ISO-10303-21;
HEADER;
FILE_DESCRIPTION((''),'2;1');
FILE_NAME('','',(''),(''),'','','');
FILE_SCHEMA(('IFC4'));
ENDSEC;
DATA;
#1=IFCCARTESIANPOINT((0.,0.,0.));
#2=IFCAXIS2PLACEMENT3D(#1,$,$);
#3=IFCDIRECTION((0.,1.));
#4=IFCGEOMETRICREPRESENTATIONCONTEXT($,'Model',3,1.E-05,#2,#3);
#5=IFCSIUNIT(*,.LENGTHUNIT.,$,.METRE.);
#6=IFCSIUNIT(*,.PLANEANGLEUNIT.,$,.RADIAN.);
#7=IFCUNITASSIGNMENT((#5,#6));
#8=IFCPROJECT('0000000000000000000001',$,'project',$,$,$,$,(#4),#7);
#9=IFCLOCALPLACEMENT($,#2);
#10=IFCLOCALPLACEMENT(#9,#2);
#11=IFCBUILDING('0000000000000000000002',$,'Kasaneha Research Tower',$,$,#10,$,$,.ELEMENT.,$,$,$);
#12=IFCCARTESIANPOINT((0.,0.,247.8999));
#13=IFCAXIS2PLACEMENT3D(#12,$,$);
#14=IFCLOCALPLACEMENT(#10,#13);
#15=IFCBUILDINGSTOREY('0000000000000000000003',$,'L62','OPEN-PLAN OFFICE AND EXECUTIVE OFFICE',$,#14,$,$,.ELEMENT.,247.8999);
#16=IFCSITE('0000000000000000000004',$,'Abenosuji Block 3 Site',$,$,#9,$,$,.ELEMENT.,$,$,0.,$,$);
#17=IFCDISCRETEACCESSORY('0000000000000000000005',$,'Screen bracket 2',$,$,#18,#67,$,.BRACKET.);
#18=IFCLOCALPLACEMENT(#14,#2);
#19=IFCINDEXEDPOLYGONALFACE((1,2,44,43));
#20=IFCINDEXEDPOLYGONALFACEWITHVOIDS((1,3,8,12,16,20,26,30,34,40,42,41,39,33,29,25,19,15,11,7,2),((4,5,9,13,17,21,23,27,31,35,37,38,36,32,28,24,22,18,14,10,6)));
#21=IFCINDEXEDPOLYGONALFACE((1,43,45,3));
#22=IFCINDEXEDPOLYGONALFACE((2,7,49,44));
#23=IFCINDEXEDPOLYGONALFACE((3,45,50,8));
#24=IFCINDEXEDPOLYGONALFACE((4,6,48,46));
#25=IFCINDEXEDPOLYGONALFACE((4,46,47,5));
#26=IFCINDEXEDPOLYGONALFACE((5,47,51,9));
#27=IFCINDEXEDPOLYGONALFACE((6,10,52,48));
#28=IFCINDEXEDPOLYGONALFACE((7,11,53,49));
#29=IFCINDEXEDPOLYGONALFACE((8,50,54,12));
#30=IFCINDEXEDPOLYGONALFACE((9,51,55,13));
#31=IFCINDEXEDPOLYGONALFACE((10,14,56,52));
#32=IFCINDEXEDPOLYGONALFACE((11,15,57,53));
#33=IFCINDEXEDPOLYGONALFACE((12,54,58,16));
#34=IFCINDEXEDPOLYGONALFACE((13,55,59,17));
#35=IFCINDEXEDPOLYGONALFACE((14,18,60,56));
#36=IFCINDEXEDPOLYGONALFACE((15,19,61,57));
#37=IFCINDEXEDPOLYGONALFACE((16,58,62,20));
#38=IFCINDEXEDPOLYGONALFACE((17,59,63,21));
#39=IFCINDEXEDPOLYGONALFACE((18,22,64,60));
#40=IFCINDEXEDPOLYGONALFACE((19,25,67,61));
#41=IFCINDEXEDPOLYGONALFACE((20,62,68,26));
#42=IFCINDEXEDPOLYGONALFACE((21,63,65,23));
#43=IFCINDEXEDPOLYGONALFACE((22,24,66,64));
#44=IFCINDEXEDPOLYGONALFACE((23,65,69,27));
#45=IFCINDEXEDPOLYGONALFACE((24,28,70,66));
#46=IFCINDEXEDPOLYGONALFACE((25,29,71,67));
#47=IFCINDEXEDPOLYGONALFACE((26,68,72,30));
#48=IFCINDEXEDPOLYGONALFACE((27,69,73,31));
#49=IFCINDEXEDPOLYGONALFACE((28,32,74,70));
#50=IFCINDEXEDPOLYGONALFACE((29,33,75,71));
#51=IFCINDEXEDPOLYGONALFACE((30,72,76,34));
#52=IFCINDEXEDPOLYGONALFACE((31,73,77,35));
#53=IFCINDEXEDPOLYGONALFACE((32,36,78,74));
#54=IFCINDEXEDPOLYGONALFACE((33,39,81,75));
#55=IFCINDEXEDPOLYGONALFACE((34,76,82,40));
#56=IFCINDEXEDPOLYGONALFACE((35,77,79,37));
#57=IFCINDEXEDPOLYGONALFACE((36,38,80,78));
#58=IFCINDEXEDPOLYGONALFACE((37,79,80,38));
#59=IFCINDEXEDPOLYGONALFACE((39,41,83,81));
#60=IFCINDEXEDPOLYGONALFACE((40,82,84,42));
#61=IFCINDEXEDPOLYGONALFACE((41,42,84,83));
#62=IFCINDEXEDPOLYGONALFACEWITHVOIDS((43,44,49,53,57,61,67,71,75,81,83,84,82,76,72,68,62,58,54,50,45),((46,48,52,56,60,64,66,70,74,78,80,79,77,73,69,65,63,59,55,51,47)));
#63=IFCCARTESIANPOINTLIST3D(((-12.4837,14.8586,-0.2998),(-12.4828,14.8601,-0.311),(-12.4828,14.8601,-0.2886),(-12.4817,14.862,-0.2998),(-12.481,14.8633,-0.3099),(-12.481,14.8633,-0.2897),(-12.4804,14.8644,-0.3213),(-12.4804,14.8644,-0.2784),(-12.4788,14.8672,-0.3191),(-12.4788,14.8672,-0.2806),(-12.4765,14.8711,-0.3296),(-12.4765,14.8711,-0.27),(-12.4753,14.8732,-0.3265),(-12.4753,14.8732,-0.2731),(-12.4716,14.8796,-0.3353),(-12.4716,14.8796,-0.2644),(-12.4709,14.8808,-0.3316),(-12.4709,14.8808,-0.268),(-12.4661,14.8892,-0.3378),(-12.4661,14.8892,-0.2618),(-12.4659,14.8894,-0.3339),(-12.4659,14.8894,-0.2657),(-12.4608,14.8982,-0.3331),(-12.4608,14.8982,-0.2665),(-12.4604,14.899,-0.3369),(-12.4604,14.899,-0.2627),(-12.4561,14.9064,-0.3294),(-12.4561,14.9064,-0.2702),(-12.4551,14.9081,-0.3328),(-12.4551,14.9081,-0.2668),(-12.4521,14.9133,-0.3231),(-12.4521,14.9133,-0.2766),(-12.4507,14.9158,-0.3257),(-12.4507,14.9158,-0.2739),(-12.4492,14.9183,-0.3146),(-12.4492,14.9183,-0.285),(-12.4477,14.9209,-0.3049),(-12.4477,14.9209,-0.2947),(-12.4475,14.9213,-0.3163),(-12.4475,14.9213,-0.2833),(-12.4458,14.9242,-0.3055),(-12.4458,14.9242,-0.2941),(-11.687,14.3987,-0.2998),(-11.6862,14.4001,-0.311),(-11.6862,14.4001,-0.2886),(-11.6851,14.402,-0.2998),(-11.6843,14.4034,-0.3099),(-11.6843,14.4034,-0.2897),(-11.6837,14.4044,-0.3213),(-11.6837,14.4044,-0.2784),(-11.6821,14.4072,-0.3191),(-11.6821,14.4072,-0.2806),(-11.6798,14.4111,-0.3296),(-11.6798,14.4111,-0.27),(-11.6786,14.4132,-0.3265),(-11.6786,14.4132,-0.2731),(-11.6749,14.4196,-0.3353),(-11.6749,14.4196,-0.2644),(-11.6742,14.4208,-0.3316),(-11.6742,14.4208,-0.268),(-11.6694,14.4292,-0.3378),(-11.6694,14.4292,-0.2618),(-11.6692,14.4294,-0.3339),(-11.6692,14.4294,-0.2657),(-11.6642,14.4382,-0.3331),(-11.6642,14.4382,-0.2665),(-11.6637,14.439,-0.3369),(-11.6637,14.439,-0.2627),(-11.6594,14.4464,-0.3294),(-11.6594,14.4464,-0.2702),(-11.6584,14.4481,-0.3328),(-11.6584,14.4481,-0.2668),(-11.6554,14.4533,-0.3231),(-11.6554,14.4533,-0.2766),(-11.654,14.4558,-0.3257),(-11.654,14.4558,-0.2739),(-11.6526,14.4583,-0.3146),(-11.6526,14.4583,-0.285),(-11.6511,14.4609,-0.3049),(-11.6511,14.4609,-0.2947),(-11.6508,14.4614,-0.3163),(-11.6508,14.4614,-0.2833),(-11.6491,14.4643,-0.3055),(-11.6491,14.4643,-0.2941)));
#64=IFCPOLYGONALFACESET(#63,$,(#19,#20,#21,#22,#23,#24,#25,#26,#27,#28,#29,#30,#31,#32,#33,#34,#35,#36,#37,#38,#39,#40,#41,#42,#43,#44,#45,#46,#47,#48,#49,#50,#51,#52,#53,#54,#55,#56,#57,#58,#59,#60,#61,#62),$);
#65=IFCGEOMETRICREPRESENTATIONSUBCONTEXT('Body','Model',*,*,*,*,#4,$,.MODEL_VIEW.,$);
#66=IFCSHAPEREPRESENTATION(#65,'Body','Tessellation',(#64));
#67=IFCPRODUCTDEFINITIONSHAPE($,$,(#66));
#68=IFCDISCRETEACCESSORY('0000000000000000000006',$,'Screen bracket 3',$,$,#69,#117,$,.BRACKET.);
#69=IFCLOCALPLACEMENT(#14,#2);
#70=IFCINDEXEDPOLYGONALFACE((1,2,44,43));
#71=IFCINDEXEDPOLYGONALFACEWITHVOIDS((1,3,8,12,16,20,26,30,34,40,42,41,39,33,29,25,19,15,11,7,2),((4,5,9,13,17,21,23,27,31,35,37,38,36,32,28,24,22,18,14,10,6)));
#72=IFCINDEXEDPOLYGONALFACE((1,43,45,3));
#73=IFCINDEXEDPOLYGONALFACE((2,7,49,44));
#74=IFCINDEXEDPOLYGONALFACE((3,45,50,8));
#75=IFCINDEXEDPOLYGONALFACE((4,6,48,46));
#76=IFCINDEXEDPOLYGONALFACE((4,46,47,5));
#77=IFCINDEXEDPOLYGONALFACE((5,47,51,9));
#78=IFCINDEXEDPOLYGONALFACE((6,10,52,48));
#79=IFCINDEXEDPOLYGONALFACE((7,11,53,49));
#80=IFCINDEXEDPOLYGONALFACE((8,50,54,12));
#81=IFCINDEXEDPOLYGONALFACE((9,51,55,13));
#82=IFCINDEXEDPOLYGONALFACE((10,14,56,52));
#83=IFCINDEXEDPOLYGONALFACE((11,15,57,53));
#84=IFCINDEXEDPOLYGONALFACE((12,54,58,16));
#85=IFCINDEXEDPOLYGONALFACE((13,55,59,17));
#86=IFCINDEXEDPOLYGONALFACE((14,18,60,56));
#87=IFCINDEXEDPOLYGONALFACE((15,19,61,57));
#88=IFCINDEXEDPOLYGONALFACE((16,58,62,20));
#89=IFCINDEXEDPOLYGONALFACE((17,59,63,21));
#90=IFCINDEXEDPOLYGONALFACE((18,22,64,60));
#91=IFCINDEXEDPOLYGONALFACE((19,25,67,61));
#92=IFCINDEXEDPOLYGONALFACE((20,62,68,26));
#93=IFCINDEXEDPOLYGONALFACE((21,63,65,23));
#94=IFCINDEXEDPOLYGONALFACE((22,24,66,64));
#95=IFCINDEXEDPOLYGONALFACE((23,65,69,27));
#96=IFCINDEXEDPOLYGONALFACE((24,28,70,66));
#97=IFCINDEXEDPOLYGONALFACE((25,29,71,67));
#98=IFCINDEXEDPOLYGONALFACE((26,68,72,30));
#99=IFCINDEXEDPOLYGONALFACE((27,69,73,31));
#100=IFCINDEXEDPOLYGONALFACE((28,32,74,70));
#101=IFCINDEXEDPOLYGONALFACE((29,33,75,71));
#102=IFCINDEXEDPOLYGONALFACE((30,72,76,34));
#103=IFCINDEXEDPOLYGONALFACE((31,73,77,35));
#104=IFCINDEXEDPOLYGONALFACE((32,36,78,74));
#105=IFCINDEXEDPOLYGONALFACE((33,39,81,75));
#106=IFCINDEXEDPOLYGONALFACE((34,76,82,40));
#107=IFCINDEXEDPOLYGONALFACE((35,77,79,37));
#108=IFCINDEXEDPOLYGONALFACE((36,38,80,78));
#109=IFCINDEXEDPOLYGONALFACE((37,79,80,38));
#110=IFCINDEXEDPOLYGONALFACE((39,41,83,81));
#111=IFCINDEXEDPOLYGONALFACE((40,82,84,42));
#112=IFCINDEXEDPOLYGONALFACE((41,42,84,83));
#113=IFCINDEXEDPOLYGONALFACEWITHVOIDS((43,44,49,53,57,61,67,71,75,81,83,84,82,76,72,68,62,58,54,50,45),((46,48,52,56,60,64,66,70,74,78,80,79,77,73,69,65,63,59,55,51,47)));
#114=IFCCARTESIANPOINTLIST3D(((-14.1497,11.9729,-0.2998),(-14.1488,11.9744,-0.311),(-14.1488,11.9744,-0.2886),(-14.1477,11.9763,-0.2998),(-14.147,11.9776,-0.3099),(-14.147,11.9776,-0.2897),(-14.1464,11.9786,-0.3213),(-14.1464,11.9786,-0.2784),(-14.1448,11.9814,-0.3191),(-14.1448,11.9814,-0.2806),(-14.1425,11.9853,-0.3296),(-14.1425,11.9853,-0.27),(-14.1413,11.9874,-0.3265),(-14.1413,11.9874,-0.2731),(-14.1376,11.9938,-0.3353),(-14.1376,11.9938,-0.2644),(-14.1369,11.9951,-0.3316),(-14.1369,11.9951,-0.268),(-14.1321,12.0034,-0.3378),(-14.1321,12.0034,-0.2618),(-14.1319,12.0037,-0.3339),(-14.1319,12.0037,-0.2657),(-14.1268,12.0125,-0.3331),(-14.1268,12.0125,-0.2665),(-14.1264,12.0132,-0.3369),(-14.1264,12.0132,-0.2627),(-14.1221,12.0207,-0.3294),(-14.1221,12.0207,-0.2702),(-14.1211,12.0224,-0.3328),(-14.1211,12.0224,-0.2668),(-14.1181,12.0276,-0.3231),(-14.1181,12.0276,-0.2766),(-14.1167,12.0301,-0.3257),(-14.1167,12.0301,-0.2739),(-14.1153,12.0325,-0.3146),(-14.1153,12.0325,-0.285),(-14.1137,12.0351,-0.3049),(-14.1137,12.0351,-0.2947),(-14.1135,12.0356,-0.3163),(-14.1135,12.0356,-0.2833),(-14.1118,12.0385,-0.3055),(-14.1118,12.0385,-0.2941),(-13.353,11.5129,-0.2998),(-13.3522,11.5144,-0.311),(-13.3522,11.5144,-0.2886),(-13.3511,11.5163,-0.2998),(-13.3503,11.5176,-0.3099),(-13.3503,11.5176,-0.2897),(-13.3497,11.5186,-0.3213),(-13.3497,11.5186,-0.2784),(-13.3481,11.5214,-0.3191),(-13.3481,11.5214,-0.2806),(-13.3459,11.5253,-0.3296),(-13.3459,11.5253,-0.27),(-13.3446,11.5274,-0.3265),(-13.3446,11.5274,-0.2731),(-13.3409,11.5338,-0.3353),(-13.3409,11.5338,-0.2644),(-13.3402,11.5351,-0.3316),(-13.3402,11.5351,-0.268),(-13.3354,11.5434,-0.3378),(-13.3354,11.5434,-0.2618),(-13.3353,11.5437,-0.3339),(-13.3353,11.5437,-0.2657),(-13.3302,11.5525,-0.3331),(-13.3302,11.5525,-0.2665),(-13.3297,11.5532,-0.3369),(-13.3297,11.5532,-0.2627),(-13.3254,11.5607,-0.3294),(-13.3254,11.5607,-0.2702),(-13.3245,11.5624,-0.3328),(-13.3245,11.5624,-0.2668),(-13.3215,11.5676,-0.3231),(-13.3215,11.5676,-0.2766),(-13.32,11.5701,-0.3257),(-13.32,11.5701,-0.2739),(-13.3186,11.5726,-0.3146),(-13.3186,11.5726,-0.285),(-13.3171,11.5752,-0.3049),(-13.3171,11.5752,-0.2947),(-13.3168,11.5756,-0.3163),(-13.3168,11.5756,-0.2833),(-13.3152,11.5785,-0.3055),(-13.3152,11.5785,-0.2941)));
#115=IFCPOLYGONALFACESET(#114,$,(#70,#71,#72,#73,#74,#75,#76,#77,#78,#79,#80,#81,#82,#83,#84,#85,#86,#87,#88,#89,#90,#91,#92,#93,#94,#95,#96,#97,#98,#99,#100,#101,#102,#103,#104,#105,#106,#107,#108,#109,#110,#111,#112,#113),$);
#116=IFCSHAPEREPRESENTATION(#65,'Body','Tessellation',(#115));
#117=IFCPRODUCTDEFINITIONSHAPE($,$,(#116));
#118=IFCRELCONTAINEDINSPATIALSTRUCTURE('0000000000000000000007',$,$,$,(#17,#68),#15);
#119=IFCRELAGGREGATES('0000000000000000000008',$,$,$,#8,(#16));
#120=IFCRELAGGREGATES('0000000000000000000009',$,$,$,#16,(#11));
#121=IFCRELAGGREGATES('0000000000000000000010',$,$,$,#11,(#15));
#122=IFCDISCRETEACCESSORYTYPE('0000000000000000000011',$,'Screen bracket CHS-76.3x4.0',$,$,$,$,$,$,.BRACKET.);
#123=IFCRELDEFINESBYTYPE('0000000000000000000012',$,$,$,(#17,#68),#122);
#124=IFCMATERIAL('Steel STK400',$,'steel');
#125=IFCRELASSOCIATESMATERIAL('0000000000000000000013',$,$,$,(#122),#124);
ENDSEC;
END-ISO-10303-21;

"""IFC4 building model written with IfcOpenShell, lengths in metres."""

from ifc_helpers import new_model, si_unit, direction, frame, origin, origin_2d, place, context, subcontext, project, spatial, hollow_circle, extrude, material, material_profile, profile_set, type_object, element, save


model = new_model("IFC4")

# Units and contexts
model_context = context("Model", 3, precision=1e-05, world=origin(), true_north=direction((0.0, 1.0)))
body_context = subcontext(model_context, "Body", "Model", "MODEL_VIEW")
ifc_project = project(units=[si_unit("LENGTHUNIT", "METRE"), si_unit("PLANEANGLEUNIT", "RADIAN")], contexts=[model_context])

# Site, building, storey
site_placement = place(None, origin())
site = spatial("IfcSite", under=ifc_project, at=site_placement, Name="Abenosuji Block 3 Site", CompositionType="ELEMENT", RefElevation=0.0)
building_placement = place(site_placement, origin())
building = spatial("IfcBuilding", under=site, at=building_placement, Name="Kasaneha Research Tower", CompositionType="ELEMENT")
storey_placement = place(building_placement, frame((0.0, 0.0, 247.8999)))
storey = spatial("IfcBuildingStorey", under=building, at=storey_placement, Name="L62", Description="OPEN-PLAN OFFICE AND EXECUTIVE OFFICE", CompositionType="ELEMENT", Elevation=247.8999)

# Discrete accessories
ifc_material_1 = material(Name="Steel STK400", Category="steel")
ifc_material_profile_1 = material_profile(ifc_material_1, hollow_circle(Radius=0.0381, WallThickness=0.0039, at=origin_2d()), Name="CHS-76.3x4.0")
ifc_profile_set_1 = profile_set([ifc_material_profile_1], Name="Steel STK400")
discrete_accessory_type = type_object("IfcDiscreteAccessoryType", Name="Screen bracket CHS-76.3x4.0", PredefinedType="BRACKET", material=ifc_profile_set_1)
for number, where, z_axis, x_axis, name in (
    (1, (-11.668, 14.4316, -0.2998), (-0.866013, 0.500021, 0.0), (-0.500021, -0.866013, 0.0), "Screen bracket 2"),
    (2, (-13.334, 11.5459, -0.2998), (-0.866013, 0.500021, 0.0), (-0.500021, -0.866013, 0.0), "Screen bracket 3"),
):
    element("IfcDiscreteAccessory", number, at=place(storey_placement, frame(where, z_axis=z_axis, x_axis=x_axis)), inside=storey, type_object=discrete_accessory_type, Name=name, PredefinedType="BRACKET", context=body_context, shape_type="SweptSolid", body=[
        extrude(hollow_circle(Radius=0.0381, WallThickness=0.0039, at=origin_2d()), origin(), (0.0, 0.0, 1.0), 0.9199),
    ])

save(model, "model.ifc")
